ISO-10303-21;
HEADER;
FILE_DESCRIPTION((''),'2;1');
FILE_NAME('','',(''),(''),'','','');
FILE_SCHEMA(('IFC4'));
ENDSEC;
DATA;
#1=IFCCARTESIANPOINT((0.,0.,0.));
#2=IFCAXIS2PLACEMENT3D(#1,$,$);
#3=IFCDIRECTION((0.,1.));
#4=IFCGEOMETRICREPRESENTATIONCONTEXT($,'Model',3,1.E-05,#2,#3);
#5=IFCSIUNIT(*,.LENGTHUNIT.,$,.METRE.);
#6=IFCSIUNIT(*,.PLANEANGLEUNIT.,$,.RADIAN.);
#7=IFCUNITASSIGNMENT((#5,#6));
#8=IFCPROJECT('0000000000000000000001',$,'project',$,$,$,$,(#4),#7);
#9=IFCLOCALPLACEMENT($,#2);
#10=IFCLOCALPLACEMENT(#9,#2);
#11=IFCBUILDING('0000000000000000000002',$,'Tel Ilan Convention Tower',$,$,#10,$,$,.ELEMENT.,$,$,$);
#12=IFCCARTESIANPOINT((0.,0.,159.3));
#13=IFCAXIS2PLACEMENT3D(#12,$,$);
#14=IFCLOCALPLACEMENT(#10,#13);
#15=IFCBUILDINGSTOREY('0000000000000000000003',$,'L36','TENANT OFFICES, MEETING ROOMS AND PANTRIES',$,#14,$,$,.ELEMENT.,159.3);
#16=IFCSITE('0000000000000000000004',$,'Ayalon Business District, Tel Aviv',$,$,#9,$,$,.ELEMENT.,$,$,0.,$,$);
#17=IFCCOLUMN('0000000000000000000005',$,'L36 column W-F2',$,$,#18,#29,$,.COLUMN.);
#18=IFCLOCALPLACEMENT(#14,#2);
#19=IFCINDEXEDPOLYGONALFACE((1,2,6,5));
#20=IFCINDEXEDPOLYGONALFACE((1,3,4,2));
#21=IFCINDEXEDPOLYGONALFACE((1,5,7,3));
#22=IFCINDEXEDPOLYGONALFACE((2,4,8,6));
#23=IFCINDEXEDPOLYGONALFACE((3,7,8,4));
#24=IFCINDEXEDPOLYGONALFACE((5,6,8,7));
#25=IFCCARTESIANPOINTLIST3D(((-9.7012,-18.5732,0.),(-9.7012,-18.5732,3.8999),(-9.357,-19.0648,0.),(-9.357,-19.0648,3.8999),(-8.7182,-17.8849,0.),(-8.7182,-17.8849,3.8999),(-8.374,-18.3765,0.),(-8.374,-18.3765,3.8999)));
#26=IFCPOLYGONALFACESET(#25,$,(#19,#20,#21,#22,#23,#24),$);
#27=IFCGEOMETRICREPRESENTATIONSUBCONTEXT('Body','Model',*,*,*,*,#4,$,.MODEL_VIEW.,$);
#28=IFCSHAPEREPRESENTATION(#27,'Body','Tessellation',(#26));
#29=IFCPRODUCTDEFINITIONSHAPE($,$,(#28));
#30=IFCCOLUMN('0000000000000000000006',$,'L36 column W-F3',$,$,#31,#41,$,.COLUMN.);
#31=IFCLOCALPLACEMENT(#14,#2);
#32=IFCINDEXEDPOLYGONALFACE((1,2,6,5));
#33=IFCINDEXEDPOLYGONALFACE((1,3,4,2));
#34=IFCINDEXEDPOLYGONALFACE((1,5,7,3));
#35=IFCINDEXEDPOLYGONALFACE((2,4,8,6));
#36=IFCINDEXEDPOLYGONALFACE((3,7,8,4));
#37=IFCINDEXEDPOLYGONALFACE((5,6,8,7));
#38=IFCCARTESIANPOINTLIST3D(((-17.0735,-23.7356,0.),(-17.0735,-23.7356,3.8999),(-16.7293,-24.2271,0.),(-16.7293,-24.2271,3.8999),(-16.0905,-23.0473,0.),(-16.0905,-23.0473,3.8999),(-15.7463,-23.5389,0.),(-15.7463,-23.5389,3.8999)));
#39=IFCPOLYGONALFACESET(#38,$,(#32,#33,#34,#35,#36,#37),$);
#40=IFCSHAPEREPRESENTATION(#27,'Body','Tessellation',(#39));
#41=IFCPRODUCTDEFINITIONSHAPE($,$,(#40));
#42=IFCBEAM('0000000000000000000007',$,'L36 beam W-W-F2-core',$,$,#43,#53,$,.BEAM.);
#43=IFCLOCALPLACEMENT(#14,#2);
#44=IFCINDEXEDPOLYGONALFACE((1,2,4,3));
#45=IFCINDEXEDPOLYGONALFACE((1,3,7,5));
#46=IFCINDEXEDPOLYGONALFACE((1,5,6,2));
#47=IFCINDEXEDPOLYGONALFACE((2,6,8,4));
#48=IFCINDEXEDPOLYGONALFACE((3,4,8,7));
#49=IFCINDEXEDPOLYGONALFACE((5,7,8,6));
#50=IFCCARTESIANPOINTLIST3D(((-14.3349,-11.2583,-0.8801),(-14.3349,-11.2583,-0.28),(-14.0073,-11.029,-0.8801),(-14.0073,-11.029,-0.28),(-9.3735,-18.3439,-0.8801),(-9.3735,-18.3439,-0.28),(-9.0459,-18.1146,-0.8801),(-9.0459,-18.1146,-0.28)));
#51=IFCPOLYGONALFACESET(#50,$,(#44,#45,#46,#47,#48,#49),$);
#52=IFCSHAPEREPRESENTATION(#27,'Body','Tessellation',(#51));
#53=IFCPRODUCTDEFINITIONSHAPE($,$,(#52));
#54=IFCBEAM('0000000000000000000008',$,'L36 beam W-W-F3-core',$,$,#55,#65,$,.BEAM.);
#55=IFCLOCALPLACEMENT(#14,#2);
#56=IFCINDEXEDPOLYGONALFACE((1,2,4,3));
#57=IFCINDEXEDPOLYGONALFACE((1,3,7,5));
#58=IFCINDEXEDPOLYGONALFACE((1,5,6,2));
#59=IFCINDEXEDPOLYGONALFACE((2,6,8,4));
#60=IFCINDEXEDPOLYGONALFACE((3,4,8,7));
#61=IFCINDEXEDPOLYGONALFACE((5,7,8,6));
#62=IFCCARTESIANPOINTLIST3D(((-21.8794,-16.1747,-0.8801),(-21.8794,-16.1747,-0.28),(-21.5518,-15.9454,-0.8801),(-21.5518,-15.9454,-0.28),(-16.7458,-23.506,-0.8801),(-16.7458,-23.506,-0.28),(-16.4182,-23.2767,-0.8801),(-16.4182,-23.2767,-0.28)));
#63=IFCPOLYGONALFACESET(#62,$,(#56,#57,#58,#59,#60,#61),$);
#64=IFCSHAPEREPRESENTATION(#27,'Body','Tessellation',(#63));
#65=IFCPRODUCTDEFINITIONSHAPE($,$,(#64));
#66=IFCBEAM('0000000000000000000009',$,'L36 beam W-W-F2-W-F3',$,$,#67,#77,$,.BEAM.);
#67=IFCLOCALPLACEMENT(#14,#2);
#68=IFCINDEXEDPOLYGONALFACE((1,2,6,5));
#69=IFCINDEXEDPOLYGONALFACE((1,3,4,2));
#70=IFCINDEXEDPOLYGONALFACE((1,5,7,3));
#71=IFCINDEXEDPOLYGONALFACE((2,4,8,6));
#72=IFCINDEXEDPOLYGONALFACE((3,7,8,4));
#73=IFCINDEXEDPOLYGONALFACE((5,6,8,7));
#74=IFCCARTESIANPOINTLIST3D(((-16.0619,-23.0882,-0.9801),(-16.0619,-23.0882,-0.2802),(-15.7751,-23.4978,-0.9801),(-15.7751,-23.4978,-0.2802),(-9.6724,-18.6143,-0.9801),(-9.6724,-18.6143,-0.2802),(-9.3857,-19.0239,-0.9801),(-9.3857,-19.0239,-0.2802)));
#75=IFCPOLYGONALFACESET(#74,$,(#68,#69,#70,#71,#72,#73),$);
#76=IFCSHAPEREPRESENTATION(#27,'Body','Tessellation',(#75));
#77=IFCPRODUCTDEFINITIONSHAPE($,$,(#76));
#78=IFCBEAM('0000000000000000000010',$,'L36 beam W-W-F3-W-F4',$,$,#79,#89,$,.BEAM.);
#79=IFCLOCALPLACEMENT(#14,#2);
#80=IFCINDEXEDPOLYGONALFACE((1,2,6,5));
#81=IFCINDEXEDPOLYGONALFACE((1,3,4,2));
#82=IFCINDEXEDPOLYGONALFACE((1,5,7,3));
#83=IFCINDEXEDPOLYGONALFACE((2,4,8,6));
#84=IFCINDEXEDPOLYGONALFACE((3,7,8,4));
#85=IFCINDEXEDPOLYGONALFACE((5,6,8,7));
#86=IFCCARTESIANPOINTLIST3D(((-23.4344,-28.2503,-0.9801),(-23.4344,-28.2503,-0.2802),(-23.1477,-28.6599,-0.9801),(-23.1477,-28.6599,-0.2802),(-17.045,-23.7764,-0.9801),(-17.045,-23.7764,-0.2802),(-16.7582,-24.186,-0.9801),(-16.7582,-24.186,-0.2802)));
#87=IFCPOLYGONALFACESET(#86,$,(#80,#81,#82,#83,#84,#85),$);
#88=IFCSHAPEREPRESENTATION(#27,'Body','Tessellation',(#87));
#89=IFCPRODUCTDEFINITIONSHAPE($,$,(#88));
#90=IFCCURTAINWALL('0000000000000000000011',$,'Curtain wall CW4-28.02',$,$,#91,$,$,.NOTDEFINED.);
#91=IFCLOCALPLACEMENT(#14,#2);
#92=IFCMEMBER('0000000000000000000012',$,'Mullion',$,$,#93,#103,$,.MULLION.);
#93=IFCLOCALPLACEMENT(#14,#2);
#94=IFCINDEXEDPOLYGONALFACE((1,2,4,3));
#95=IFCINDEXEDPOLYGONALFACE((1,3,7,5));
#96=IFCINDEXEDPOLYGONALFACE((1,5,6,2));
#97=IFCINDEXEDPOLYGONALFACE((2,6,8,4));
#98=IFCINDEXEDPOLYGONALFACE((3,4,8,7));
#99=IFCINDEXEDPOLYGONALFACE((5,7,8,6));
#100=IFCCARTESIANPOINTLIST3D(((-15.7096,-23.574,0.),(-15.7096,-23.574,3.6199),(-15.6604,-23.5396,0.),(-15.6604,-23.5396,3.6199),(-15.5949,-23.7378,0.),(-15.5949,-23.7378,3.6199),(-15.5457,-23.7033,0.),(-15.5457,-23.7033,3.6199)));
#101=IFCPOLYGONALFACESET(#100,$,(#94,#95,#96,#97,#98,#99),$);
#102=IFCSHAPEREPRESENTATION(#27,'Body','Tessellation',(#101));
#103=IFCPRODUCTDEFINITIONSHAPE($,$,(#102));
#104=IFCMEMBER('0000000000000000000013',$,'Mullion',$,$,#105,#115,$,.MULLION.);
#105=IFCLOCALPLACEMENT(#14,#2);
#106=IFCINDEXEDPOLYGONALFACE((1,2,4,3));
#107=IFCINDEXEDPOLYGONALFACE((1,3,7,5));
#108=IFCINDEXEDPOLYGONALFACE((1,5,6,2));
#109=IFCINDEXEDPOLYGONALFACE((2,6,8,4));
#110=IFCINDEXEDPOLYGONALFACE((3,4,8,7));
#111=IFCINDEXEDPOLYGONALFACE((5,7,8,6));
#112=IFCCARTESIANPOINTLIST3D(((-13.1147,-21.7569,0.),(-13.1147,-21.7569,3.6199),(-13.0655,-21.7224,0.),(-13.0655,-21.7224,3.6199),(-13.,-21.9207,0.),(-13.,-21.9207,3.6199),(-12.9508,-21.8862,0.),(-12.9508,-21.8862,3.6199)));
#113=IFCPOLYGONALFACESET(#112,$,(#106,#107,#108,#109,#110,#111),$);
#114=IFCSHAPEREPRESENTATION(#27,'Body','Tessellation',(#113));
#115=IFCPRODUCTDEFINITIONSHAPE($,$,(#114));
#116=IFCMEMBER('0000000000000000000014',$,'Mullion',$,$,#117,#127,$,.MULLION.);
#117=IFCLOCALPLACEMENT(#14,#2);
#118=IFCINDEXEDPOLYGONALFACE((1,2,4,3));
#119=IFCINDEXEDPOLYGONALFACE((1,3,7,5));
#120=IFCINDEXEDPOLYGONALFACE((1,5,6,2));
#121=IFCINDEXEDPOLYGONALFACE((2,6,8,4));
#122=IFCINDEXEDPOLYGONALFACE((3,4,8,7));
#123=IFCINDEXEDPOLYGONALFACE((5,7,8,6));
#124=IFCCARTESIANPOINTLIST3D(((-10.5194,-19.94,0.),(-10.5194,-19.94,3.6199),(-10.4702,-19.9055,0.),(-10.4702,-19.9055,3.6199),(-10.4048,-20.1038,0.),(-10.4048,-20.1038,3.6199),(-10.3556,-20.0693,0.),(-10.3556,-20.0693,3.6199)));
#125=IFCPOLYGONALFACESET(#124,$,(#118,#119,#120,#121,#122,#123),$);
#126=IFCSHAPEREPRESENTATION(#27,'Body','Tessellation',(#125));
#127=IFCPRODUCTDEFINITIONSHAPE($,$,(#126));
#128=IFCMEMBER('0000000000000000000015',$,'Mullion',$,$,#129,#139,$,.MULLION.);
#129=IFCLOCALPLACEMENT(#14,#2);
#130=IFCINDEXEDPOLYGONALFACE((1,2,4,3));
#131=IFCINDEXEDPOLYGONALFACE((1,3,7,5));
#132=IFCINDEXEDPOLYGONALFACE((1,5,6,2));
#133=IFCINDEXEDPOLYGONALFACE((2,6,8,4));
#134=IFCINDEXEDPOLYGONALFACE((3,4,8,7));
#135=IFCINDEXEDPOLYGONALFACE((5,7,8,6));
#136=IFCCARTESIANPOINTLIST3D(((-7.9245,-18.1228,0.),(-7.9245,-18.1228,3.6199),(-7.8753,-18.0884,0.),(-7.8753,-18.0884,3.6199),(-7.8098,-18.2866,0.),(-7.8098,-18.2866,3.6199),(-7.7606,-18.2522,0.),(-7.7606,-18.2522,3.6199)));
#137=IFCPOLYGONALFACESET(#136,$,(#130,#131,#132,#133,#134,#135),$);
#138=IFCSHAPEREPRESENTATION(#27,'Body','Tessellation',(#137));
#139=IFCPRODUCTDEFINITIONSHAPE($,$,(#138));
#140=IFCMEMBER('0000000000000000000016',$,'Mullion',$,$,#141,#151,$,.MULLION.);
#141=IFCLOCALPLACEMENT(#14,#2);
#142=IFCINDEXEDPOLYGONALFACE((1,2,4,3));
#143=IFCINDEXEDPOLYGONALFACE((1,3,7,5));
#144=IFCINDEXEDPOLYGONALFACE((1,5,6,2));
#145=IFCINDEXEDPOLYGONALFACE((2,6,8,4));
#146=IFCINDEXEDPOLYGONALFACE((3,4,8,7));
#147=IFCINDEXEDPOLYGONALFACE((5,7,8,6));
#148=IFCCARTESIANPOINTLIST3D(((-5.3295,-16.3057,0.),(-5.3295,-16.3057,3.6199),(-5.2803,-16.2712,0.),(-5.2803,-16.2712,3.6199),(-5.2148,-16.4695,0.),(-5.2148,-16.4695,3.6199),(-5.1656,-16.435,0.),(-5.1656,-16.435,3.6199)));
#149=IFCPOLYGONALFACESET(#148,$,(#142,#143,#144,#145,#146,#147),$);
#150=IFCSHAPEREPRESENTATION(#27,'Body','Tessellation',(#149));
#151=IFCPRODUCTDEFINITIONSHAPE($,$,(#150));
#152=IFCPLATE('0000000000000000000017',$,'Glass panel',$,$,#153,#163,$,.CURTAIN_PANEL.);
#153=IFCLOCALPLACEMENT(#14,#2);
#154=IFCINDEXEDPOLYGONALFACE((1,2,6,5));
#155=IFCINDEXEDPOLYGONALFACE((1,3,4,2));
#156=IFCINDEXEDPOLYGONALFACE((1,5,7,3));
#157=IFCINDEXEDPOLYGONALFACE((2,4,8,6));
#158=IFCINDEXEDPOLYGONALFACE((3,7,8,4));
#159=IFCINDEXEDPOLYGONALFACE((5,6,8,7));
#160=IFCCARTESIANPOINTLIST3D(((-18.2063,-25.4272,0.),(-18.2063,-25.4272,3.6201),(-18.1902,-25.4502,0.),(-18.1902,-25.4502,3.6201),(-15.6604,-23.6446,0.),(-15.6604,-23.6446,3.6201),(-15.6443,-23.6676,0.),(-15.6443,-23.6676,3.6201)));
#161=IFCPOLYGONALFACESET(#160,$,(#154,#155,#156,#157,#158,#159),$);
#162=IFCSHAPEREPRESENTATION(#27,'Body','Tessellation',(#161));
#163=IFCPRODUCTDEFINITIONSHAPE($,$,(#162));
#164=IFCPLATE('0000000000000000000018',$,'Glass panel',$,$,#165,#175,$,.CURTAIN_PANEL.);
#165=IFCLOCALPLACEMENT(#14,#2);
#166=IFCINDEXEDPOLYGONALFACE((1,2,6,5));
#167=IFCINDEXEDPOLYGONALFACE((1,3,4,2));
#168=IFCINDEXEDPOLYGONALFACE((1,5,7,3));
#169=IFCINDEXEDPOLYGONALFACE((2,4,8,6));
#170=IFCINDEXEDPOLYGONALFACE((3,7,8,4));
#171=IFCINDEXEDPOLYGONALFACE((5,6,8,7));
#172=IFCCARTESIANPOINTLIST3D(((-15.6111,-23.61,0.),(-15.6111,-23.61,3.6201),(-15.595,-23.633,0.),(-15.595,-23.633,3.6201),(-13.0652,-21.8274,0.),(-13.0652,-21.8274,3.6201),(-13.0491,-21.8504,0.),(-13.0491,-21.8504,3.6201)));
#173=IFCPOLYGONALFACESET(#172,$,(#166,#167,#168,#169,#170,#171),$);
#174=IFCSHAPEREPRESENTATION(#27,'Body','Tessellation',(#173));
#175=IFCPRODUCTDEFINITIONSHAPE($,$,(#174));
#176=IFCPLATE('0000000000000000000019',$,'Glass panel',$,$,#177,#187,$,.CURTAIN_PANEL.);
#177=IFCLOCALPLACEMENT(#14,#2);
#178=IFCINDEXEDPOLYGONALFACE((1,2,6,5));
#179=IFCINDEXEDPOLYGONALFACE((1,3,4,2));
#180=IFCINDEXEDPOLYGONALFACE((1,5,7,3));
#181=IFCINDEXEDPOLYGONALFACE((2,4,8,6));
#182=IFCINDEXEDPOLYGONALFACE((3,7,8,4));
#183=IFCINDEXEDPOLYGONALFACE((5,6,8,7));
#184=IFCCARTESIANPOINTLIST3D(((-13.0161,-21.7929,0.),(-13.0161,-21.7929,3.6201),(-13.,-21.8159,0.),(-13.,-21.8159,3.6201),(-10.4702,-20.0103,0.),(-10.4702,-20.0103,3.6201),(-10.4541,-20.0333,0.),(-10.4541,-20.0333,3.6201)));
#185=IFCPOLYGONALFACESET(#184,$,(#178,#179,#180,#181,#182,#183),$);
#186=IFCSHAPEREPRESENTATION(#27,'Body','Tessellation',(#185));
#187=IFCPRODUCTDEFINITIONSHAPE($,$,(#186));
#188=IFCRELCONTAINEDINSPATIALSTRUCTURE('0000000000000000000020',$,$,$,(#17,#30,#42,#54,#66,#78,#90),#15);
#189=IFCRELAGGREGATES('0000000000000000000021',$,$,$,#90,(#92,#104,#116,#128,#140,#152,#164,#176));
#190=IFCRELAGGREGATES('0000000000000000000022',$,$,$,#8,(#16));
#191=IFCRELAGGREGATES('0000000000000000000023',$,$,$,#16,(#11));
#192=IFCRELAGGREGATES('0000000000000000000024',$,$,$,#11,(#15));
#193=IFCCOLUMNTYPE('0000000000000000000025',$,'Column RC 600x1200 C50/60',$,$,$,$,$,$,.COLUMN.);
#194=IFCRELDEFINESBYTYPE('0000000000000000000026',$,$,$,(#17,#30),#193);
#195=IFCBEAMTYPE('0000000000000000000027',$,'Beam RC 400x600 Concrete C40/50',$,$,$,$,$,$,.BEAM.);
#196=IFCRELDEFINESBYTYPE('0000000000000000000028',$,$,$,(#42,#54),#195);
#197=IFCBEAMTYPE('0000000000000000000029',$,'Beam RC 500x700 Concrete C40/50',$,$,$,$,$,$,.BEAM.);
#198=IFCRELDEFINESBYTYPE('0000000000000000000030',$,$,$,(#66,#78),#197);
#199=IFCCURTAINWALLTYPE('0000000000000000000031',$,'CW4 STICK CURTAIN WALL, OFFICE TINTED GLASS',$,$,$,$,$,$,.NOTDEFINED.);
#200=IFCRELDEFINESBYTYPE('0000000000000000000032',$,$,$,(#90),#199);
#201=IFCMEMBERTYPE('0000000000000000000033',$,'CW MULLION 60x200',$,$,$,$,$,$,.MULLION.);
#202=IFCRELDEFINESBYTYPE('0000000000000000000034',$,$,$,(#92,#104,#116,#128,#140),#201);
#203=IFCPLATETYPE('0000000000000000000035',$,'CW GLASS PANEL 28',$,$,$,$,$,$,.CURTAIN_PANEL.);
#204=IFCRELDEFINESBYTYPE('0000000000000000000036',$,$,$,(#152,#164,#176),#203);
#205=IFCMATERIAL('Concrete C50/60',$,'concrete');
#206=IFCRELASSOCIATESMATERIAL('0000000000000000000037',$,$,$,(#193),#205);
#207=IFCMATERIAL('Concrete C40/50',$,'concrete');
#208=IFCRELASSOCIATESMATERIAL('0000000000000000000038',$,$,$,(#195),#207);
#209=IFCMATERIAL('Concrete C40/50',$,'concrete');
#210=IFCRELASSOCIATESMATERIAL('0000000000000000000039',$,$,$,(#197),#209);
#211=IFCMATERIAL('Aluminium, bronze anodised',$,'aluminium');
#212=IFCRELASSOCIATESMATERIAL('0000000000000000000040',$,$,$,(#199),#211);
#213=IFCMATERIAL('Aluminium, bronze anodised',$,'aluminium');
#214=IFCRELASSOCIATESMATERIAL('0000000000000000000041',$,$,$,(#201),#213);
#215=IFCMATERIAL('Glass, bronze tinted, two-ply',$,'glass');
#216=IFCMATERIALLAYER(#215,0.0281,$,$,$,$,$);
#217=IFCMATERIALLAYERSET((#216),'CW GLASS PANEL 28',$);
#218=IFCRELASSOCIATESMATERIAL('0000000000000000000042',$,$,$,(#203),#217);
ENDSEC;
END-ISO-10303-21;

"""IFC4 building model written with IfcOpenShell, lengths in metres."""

from ifc_helpers import new_model, si_unit, direction, frame, origin, origin_2d, place, context, subcontext, project, spatial, rectangle, extrude, material, layer, layer_set, material_profile, profile_set, type_object, element, aggregate, save


model = new_model("IFC4")

# Units and contexts
model_context = context("Model", 3, precision=1e-05, world=origin(), true_north=direction((0.0, 1.0)))
body_context = subcontext(model_context, "Body", "Model", "MODEL_VIEW")
ifc_project = project(units=[si_unit("LENGTHUNIT", "METRE"), si_unit("PLANEANGLEUNIT", "RADIAN")], contexts=[model_context])

# Site, building, storey
site_placement = place(None, origin())
site = spatial("IfcSite", under=ifc_project, at=site_placement, Name="Ayalon Business District, Tel Aviv", CompositionType="ELEMENT", RefElevation=0.0)
building_placement = place(site_placement, origin())
building = spatial("IfcBuilding", under=site, at=building_placement, Name="Tel Ilan Convention Tower", CompositionType="ELEMENT")
storey_placement = place(building_placement, frame((0.0, 0.0, 159.3)))
storey = spatial("IfcBuildingStorey", under=building, at=storey_placement, Name="L36", Description="TENANT OFFICES, MEETING ROOMS AND PANTRIES", CompositionType="ELEMENT", Elevation=159.3)

# Columns
ifc_material_1 = material(Name="Concrete C50/60", Category="concrete")
ifc_material_profile_1 = material_profile(ifc_material_1, rectangle(XDim=1.2, YDim=0.6001, at=origin_2d()), Name="RC 600x1200")
ifc_profile_set_1 = profile_set([ifc_material_profile_1], Name="Concrete C50/60")
column_type = type_object("IfcColumnType", Name="Column RC 600x1200 C50/60", PredefinedType="COLUMN", material=ifc_profile_set_1)
for number, where, z_axis, x_axis, name in (
    (1, (-9.0376, -18.4749, 0.0), (0.0, 0.0, 1.0), (-0.819152, -0.573576, 0.0), "L36 column W-F2"),
    (2, (-16.4099, -23.6372, 0.0), (0.0, 0.0, 1.0), (-0.819152, -0.573576, 0.0), "L36 column W-F3"),
):
    element("IfcColumn", number, at=place(storey_placement, frame(where, z_axis=z_axis, x_axis=x_axis)), inside=storey, type_object=column_type, Name=name, PredefinedType="COLUMN", context=body_context, shape_type="SweptSolid", body=[
        extrude(rectangle(XDim=1.2, YDim=0.6001, at=origin_2d()), origin(), (0.0, 0.0, 1.0), 3.8999),
    ])

# Beams
ifc_material_2 = material(Name="Concrete C40/50", Category="concrete")
ifc_material_profile_2 = material_profile(ifc_material_2, rectangle(XDim=0.3999, YDim=0.6001, at=origin_2d()), Name="RC 400x600")
ifc_profile_set_2 = profile_set([ifc_material_profile_2], Name="Concrete C40/50")
beam_type_1 = type_object("IfcBeamType", Name="Beam RC 400x600 Concrete C40/50", PredefinedType="BEAM", material=ifc_profile_set_2)
beam_1_placement = place(storey_placement, frame((-9.2097, -18.2292, -0.5801), z_axis=(-0.573574, 0.819154, 0.0), x_axis=(-0.819154, -0.573574, 0.0)))
element("IfcBeam", 3, at=beam_1_placement, inside=storey, type_object=beam_type_1, Name="L36 beam W-W-F2-core", PredefinedType="BEAM", context=body_context, shape_type="SweptSolid", body=[
    extrude(rectangle(XDim=0.3999, YDim=0.6001, at=origin_2d()), origin(), (0.0, 0.0, 1.0), 8.6499),
])
beam_2_placement = place(storey_placement, frame((-16.582, -23.3914, -0.5801), z_axis=(-0.573585, 0.819146, 0.0), x_axis=(-0.819146, -0.573585, 0.0)))
element("IfcBeam", 4, at=beam_2_placement, inside=storey, type_object=beam_type_1, Name="L36 beam W-W-F3-core", PredefinedType="BEAM", context=body_context, shape_type="SweptSolid", body=[
    extrude(rectangle(XDim=0.3999, YDim=0.6001, at=origin_2d()), origin(), (0.0, 0.0, 1.0), 8.95),
])
ifc_material_3 = material(Name="Concrete C40/50", Category="concrete")
ifc_material_profile_3 = material_profile(ifc_material_3, rectangle(XDim=0.5, YDim=0.7, at=origin_2d()), Name="RC 500x700")
ifc_profile_set_3 = profile_set([ifc_material_profile_3], Name="Concrete C40/50")
beam_type_2 = type_object("IfcBeamType", Name="Beam RC 500x700 Concrete C40/50", PredefinedType="BEAM", material=ifc_profile_set_3)
for number, where, z_axis, x_axis, name in (
    (5, (-9.5291, -18.8191, -0.6301), (-0.819154, -0.573574, 0.0), (0.573574, -0.819154, 0.0), "L36 beam W-W-F2-W-F3"),
    (6, (-16.9016, -23.9812, -0.6301), (-0.819154, -0.573574, 0.0), (0.573574, -0.819154, 0.0), "L36 beam W-W-F3-W-F4"),
):
    element("IfcBeam", number, at=place(storey_placement, frame(where, z_axis=z_axis, x_axis=x_axis)), inside=storey, type_object=beam_type_2, Name=name, PredefinedType="BEAM", context=body_context, shape_type="SweptSolid", body=[
        extrude(rectangle(XDim=0.5, YDim=0.7, at=origin_2d()), origin(), (0.0, 0.0, 1.0), 7.8),
    ])

# Curtain wall, members, plates
ifc_material_4 = material(Name="Aluminium, bronze anodised", Category="aluminium")
curtain_wall_type = type_object("IfcCurtainWallType", Name="CW4 STICK CURTAIN WALL, OFFICE TINTED GLASS", PredefinedType="NOTDEFINED", material=ifc_material_4)
curtain_wall_placement = place(storey_placement, origin())
curtain_wall = element("IfcCurtainWall", 7, at=curtain_wall_placement, inside=storey, type_object=curtain_wall_type, Name="Curtain wall CW4-28.02", PredefinedType="NOTDEFINED")
ifc_material_5 = material(Name="Aluminium, bronze anodised", Category="aluminium")
ifc_material_profile_4 = material_profile(ifc_material_5, rectangle(XDim=0.0601, YDim=0.2, at=origin_2d()), Name="CW MULLION 60x200")
ifc_profile_set_4 = profile_set([ifc_material_profile_4], Name="Aluminium, bronze anodised")
member_type = type_object("IfcMemberType", Name="CW MULLION 60x200", PredefinedType="MULLION", material=ifc_profile_set_4)
member_1_placement = place(storey_placement, frame((-15.6277, -23.6387, 0.0), z_axis=(0.0, 0.0, 1.0), x_axis=(0.819152, 0.573576, 0.0)))
member_1 = element("IfcMember", 8, at=member_1_placement, type_object=member_type, Name="Mullion", PredefinedType="MULLION", context=body_context, shape_type="SweptSolid", body=[
    extrude(rectangle(XDim=0.0601, YDim=0.2, at=origin_2d()), origin(), (0.0, 0.0, 1.0), 3.6199),
])
member_2_placement = place(storey_placement, frame((-13.0327, -21.8215, 0.0), z_axis=(0.0, 0.0, 1.0), x_axis=(0.819152, 0.573576, 0.0)))
member_2 = element("IfcMember", 9, at=member_2_placement, type_object=member_type, Name="Mullion", PredefinedType="MULLION", context=body_context, shape_type="SweptSolid", body=[
    extrude(rectangle(XDim=0.0601, YDim=0.2, at=origin_2d()), origin(), (0.0, 0.0, 1.0), 3.6199),
])
member_3_placement = place(storey_placement, frame((-10.4375, -20.0046, 0.0), z_axis=(0.0, 0.0, 1.0), x_axis=(0.819152, 0.573576, 0.0)))
member_3 = element("IfcMember", 10, at=member_3_placement, type_object=member_type, Name="Mullion", PredefinedType="MULLION", context=body_context, shape_type="SweptSolid", body=[
    extrude(rectangle(XDim=0.0601, YDim=0.2, at=origin_2d()), origin(), (0.0, 0.0, 1.0), 3.6199),
])
member_4_placement = place(storey_placement, frame((-7.8425, -18.1875, 0.0), z_axis=(0.0, 0.0, 1.0), x_axis=(0.819152, 0.573576, 0.0)))
member_4 = element("IfcMember", 11, at=member_4_placement, type_object=member_type, Name="Mullion", PredefinedType="MULLION", context=body_context, shape_type="SweptSolid", body=[
    extrude(rectangle(XDim=0.0601, YDim=0.2, at=origin_2d()), origin(), (0.0, 0.0, 1.0), 3.6199),
])
member_5_placement = place(storey_placement, frame((-5.2476, -16.3704, 0.0), z_axis=(0.0, 0.0, 1.0), x_axis=(0.819152, 0.573576, 0.0)))
member_5 = element("IfcMember", 12, at=member_5_placement, type_object=member_type, Name="Mullion", PredefinedType="MULLION", context=body_context, shape_type="SweptSolid", body=[
    extrude(rectangle(XDim=0.0601, YDim=0.2, at=origin_2d()), origin(), (0.0, 0.0, 1.0), 3.6199),
])
ifc_material_6 = material(Name="Glass, bronze tinted, two-ply", Category="glass")
ifc_layer_1 = layer(ifc_material_6, 0.0281)
ifc_layer_set_1 = layer_set([ifc_layer_1], Name="CW GLASS PANEL 28")
plate_type = type_object("IfcPlateType", Name="CW GLASS PANEL 28", PredefinedType="CURTAIN_PANEL", material=ifc_layer_set_1)
plate_1_placement = place(storey_placement, frame((-16.9253, -24.5474, 0.0), z_axis=(0.0, 0.0, 1.0), x_axis=(0.819152, 0.573576, 0.0)))
plate_1 = element("IfcPlate", 13, at=plate_1_placement, type_object=plate_type, Name="Glass panel", PredefinedType="CURTAIN_PANEL", context=body_context, shape_type="SweptSolid", body=[
    extrude(rectangle(XDim=3.1079, YDim=0.0281, at=origin_2d()), origin(), (0.0, 0.0, 1.0), 3.6201),
])
plate_2_placement = place(storey_placement, frame((-14.3301, -22.7302, 0.0), z_axis=(0.0, 0.0, 1.0), x_axis=(0.819152, 0.573576, 0.0)))
plate_2 = element("IfcPlate", 14, at=plate_2_placement, type_object=plate_type, Name="Glass panel", PredefinedType="CURTAIN_PANEL", context=body_context, shape_type="SweptSolid", body=[
    extrude(rectangle(XDim=3.1079, YDim=0.0281, at=origin_2d()), origin(), (0.0, 0.0, 1.0), 3.6201),
])
plate_3_placement = place(storey_placement, frame((-11.7351, -20.9131, 0.0), z_axis=(0.0, 0.0, 1.0), x_axis=(0.819152, 0.573576, 0.0)))
plate_3 = element("IfcPlate", 15, at=plate_3_placement, type_object=plate_type, Name="Glass panel", PredefinedType="CURTAIN_PANEL", context=body_context, shape_type="SweptSolid", body=[
    extrude(rectangle(XDim=3.1079, YDim=0.0281, at=origin_2d()), origin(), (0.0, 0.0, 1.0), 3.6201),
])
aggregate(curtain_wall, [member_1, member_2, member_3, member_4, member_5, plate_1, plate_2, plate_3])

save(model, "model.ifc")
